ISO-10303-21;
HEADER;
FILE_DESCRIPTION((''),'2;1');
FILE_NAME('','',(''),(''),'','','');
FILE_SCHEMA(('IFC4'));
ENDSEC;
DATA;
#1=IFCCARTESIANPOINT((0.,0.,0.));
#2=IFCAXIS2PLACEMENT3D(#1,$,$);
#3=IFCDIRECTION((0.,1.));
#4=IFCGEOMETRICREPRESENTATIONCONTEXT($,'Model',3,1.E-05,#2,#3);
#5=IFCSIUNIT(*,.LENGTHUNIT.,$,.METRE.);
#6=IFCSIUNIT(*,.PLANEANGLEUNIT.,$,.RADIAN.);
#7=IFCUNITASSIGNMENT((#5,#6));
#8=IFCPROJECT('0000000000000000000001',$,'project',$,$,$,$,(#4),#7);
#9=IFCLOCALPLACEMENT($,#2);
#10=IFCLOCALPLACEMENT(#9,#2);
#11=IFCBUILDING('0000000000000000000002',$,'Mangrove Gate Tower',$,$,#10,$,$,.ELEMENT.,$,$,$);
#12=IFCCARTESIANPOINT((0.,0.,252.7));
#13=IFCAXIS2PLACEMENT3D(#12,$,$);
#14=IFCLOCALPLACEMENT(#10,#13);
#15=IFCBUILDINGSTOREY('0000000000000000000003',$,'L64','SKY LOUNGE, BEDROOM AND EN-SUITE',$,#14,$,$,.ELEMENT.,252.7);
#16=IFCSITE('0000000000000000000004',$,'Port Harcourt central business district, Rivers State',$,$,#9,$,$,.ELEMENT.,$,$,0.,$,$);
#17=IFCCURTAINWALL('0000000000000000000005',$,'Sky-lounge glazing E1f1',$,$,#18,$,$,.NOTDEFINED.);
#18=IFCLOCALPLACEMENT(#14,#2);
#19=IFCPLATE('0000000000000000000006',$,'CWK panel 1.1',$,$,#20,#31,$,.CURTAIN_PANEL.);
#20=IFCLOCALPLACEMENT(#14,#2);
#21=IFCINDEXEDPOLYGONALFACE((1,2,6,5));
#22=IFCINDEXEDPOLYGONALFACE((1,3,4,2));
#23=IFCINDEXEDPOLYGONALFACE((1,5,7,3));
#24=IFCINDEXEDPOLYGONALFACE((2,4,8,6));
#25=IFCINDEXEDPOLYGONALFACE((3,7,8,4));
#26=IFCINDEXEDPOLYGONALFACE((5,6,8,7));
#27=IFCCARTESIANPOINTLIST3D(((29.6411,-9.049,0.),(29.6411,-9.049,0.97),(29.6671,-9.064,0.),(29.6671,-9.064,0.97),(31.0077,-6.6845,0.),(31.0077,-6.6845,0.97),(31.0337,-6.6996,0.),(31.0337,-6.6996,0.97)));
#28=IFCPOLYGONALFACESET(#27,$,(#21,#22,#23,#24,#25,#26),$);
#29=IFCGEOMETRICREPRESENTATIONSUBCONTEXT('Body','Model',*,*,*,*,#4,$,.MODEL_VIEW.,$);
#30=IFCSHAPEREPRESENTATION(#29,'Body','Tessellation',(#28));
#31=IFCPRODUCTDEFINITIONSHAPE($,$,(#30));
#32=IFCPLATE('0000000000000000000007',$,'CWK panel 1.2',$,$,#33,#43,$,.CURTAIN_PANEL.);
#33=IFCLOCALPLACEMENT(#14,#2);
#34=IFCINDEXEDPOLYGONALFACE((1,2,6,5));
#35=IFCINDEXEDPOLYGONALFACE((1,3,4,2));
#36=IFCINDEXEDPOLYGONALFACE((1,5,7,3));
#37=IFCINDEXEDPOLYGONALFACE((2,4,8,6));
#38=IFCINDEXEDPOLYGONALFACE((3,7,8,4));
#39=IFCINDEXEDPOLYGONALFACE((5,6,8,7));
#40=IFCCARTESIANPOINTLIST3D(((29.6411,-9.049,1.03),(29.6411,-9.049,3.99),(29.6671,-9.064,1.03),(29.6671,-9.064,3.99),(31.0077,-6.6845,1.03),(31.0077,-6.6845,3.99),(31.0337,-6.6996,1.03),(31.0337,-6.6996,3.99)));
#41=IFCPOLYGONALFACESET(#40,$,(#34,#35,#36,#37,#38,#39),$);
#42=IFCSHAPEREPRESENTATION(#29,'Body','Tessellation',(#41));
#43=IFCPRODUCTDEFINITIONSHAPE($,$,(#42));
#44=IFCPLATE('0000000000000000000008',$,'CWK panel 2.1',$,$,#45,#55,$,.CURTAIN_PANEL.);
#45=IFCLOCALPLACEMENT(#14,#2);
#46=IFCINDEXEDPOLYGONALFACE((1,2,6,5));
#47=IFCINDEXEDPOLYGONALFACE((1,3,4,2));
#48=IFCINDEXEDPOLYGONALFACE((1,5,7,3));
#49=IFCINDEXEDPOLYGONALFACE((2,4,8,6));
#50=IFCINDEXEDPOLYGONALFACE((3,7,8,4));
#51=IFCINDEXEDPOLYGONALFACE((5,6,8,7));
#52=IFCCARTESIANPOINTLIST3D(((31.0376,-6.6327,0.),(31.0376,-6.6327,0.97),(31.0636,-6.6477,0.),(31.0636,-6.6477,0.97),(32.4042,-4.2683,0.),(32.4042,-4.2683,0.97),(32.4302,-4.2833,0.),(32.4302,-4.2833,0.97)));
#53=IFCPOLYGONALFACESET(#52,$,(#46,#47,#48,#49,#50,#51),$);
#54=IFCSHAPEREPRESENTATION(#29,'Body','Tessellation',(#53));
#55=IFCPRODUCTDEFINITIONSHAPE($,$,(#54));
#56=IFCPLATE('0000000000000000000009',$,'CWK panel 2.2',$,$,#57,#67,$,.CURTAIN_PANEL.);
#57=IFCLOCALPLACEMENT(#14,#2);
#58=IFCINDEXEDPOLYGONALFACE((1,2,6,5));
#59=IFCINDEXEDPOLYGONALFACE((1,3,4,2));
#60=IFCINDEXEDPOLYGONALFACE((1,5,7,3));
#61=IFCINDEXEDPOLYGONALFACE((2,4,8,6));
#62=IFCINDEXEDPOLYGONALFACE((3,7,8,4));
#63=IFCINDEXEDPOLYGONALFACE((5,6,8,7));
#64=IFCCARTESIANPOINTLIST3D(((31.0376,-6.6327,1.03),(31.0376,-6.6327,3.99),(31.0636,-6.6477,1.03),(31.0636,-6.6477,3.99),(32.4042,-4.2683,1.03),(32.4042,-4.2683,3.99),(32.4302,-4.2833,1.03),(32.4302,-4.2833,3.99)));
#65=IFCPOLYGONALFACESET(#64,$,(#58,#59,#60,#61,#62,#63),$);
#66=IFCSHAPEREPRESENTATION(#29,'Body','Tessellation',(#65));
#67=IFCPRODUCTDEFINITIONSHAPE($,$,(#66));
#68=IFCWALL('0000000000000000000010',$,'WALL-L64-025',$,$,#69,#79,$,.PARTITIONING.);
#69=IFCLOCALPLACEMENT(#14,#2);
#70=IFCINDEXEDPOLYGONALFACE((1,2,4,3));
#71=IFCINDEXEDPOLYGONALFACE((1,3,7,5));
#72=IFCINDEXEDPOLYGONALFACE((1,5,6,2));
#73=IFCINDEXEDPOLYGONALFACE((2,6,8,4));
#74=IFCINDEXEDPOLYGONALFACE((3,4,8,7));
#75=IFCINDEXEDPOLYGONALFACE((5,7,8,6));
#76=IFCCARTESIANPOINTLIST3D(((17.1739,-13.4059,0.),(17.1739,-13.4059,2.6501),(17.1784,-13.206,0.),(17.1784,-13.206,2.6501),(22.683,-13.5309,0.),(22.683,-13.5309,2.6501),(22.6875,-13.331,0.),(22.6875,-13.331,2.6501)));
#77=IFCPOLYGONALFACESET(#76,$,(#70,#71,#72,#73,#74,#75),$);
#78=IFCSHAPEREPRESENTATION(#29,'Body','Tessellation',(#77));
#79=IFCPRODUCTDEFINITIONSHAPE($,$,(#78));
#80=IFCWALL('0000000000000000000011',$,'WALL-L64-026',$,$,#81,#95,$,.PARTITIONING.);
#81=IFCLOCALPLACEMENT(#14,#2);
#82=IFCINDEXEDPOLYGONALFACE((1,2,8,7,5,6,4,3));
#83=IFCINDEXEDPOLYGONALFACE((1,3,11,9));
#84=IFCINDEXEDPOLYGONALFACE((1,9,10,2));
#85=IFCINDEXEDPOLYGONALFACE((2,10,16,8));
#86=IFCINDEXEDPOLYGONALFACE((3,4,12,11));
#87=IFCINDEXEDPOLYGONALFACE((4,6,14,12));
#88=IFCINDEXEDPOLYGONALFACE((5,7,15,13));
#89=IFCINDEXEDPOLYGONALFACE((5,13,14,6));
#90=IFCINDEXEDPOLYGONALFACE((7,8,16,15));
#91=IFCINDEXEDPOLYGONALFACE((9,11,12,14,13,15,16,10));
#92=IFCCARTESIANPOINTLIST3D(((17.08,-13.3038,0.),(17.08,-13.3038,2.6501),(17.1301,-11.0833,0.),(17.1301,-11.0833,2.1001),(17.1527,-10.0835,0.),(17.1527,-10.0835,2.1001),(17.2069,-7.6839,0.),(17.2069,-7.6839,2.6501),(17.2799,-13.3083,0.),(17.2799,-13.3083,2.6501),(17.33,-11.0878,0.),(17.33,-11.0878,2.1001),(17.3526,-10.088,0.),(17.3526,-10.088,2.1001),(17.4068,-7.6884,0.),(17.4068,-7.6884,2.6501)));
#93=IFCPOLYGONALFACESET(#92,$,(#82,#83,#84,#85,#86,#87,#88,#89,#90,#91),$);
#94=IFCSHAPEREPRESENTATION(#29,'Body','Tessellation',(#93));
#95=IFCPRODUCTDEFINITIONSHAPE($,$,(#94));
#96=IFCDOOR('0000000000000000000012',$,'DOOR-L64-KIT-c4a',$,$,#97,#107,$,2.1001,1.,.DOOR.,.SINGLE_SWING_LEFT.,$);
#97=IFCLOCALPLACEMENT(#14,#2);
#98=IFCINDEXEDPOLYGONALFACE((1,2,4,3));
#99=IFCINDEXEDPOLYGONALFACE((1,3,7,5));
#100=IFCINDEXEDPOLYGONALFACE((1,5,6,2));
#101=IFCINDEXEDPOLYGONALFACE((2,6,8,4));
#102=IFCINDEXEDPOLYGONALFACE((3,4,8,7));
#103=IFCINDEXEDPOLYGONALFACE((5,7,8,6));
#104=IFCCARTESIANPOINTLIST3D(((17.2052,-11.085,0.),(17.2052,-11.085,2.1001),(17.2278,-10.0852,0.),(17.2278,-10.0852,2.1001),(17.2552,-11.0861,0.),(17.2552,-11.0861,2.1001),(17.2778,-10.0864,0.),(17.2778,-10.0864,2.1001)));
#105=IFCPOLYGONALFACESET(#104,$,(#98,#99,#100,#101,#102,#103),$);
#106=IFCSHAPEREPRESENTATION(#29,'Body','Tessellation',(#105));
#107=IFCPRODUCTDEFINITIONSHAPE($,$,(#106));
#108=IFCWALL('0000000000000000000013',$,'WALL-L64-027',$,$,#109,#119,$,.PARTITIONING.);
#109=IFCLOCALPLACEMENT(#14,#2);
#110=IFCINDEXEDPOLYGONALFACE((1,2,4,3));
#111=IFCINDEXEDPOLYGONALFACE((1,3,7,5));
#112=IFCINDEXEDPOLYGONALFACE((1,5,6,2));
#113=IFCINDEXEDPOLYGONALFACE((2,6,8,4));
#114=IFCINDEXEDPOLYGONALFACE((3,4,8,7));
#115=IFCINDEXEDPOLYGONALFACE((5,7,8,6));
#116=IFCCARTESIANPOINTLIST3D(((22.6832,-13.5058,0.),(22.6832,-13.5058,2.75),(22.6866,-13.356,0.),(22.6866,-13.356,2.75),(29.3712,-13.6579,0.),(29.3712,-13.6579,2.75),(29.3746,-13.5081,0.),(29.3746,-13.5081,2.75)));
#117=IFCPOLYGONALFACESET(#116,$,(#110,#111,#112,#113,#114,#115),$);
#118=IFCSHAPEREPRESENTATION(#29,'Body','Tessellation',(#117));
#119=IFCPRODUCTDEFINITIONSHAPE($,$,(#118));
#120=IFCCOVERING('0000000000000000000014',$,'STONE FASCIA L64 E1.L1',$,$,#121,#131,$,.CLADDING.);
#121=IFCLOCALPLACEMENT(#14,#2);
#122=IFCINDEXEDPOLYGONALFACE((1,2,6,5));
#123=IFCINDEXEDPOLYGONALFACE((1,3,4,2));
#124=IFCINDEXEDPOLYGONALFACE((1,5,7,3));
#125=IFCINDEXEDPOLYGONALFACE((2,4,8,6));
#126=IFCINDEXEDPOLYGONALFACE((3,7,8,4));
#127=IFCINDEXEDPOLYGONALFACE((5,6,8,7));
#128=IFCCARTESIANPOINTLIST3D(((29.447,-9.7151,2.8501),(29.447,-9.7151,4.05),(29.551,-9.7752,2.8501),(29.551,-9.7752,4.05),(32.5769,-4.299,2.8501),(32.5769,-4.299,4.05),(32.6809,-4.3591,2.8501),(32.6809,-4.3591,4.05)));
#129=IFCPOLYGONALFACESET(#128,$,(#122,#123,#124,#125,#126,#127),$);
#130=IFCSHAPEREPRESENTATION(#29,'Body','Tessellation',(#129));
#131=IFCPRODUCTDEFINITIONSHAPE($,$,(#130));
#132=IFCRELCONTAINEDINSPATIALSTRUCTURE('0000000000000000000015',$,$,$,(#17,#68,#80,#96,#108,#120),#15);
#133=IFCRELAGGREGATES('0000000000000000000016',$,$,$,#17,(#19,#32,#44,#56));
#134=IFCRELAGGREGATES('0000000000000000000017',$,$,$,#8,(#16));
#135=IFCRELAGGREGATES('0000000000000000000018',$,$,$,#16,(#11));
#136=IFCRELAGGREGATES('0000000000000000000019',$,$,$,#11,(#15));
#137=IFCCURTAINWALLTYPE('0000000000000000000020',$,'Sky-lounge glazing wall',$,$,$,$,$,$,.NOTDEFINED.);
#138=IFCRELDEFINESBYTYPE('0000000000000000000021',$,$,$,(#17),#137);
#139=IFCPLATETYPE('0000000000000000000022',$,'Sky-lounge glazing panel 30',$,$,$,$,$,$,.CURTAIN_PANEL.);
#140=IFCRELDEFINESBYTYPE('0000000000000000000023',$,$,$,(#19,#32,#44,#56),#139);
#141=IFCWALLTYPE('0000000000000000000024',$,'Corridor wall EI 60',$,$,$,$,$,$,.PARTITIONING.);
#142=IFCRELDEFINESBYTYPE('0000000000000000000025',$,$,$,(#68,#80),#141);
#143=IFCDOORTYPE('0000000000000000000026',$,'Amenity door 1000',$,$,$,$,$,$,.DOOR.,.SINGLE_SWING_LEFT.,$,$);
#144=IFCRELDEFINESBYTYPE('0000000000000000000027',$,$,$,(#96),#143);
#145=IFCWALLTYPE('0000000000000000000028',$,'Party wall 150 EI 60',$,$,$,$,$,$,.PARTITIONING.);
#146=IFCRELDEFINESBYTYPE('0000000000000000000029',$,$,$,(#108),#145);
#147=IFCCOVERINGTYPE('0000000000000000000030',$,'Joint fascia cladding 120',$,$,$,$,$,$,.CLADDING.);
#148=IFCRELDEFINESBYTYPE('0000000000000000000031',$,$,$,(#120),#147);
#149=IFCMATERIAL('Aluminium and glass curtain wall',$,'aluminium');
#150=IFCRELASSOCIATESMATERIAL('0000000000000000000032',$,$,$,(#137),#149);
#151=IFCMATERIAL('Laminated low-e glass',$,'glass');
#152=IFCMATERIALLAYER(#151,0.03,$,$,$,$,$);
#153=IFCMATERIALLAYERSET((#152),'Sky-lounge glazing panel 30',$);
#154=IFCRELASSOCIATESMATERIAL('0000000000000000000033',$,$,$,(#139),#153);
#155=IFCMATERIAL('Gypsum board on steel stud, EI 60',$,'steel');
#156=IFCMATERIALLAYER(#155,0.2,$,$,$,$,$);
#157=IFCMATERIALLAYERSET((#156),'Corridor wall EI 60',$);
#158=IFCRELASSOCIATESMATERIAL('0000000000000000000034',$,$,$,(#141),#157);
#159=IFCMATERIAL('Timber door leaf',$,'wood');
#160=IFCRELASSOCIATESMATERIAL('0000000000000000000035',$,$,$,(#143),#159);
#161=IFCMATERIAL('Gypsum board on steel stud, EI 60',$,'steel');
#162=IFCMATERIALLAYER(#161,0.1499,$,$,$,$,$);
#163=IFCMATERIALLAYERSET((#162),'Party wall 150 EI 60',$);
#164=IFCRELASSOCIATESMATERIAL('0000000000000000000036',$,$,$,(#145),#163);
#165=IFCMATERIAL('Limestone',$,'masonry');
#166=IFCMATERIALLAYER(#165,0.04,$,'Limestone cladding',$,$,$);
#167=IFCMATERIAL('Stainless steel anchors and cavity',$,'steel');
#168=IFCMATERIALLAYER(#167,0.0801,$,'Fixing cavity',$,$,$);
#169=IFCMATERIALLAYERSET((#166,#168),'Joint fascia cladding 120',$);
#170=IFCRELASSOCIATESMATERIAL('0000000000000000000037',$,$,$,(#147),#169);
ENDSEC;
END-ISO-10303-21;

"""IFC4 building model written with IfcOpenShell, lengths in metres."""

from ifc_helpers import new_model, si_unit, direction, frame, frame_2d, origin, origin_2d, place, context, subcontext, project, spatial, rectangle, extrude, material, layer, layer_set, type_object, element, fill, aggregate, save


model = new_model("IFC4")

# Units and contexts
model_context = context("Model", 3, precision=1e-05, world=origin(), true_north=direction((0.0, 1.0)))
body_context = subcontext(model_context, "Body", "Model", "MODEL_VIEW")
ifc_project = project(units=[si_unit("LENGTHUNIT", "METRE"), si_unit("PLANEANGLEUNIT", "RADIAN")], contexts=[model_context])

# Site, building, storey
site_placement = place(None, origin())
site = spatial("IfcSite", under=ifc_project, at=site_placement, Name="Port Harcourt central business district, Rivers State", CompositionType="ELEMENT", RefElevation=0.0)
building_placement = place(site_placement, origin())
building = spatial("IfcBuilding", under=site, at=building_placement, Name="Mangrove Gate Tower", CompositionType="ELEMENT")
storey_placement = place(building_placement, frame((0.0, 0.0, 252.7)))
storey = spatial("IfcBuildingStorey", under=building, at=storey_placement, Name="L64", Description="SKY LOUNGE, BEDROOM AND EN-SUITE", CompositionType="ELEMENT", Elevation=252.7)

# Curtain wall
ifc_material_1 = material(Name="Aluminium and glass curtain wall", Category="aluminium")
curtain_wall_type = type_object("IfcCurtainWallType", Name="Sky-lounge glazing wall", PredefinedType="NOTDEFINED", material=ifc_material_1)
curtain_wall_1_placement = place(storey_placement, origin())
curtain_wall_1 = element("IfcCurtainWall", 1, at=curtain_wall_1_placement, inside=storey, type_object=curtain_wall_type, Name="Sky-lounge glazing E1f1", PredefinedType="NOTDEFINED")

# Plates
ifc_material_2 = material(Name="Laminated low-e glass", Category="glass")
ifc_layer_1 = layer(ifc_material_2, 0.03)
ifc_layer_set_1 = layer_set([ifc_layer_1], Name="Sky-lounge glazing panel 30")
plate_type = type_object("IfcPlateType", Name="Sky-lounge glazing panel 30", PredefinedType="CURTAIN_PANEL", material=ifc_layer_set_1)
plate_1_placement = place(storey_placement, frame((30.3374, -7.8743, 0.0), z_axis=(0.0, 0.0, 1.0), x_axis=(0.500418, 0.865784, 0.0)))
plate_1 = element("IfcPlate", 2, at=plate_1_placement, type_object=plate_type, Name="CWK panel 1.1", PredefinedType="CURTAIN_PANEL", context=body_context, shape_type="SweptSolid", body=[
    extrude(rectangle(XDim=2.731, YDim=0.03, at=origin_2d()), origin(), (0.0, 0.0, 1.0), 0.97),
])
plate_2_placement = place(storey_placement, frame((30.3374, -7.8743, 1.03), z_axis=(0.0, 0.0, 1.0), x_axis=(0.500418, 0.865784, 0.0)))
plate_2 = element("IfcPlate", 3, at=plate_2_placement, type_object=plate_type, Name="CWK panel 1.2", PredefinedType="CURTAIN_PANEL", context=body_context, shape_type="SweptSolid", body=[
    extrude(rectangle(XDim=2.731, YDim=0.03, at=origin_2d()), origin(), (0.0, 0.0, 1.0), 2.96),
])
plate_3_placement = place(storey_placement, frame((31.7339, -5.458, 0.0), z_axis=(0.0, 0.0, 1.0), x_axis=(0.500418, 0.865784, 0.0)))
plate_3 = element("IfcPlate", 4, at=plate_3_placement, type_object=plate_type, Name="CWK panel 2.1", PredefinedType="CURTAIN_PANEL", context=body_context, shape_type="SweptSolid", body=[
    extrude(rectangle(XDim=2.731, YDim=0.03, at=origin_2d()), origin(), (0.0, 0.0, 1.0), 0.97),
])
plate_4_placement = place(storey_placement, frame((31.7339, -5.458, 1.03), z_axis=(0.0, 0.0, 1.0), x_axis=(0.500418, 0.865784, 0.0)))
plate_4 = element("IfcPlate", 5, at=plate_4_placement, type_object=plate_type, Name="CWK panel 2.2", PredefinedType="CURTAIN_PANEL", context=body_context, shape_type="SweptSolid", body=[
    extrude(rectangle(XDim=2.731, YDim=0.03, at=origin_2d()), origin(), (0.0, 0.0, 1.0), 2.96),
])
aggregate(curtain_wall_1, [plate_1, plate_2, plate_3, plate_4])

# Wall
ifc_material_3 = material(Name="Gypsum board on steel stud, EI 60", Category="steel")
ifc_layer_2 = layer(ifc_material_3, 0.2)
ifc_layer_set_2 = layer_set([ifc_layer_2], Name="Corridor wall EI 60")
wall_type_1 = type_object("IfcWallType", Name="Corridor wall EI 60", PredefinedType="PARTITIONING", material=ifc_layer_set_2)
wall_1_placement = place(storey_placement, frame((17.176, -13.3059, 0.0), z_axis=(0.0, 0.0, 1.0), x_axis=(0.999743, -0.022684, 0.0)))
element("IfcWall", 6, at=wall_1_placement, inside=storey, type_object=wall_type_1, Name="WALL-L64-025", PredefinedType="PARTITIONING", context=body_context, shape_type="SweptSolid", body=[
    extrude(rectangle(XDim=5.5105, YDim=0.2, at=frame_2d((2.7554, 0.0))), origin(), (0.0, 0.0, 1.0), 2.6501),
])

# Wall, opening, door
wall_2_placement = place(storey_placement, frame((17.1799, -13.3059, 0.0), z_axis=(0.0, 0.0, 1.0), x_axis=(0.022584, 0.999745, 0.0)))
wall_2 = element("IfcWall", 7, at=wall_2_placement, inside=storey, type_object=wall_type_1, Name="WALL-L64-026", PredefinedType="PARTITIONING", context=body_context, shape_type="SweptSolid", body=[
    extrude(rectangle(XDim=5.6213, YDim=0.2, at=frame_2d((2.8105, 0.0))), origin(), (0.0, 0.0, 1.0), 2.6501),
])
opening_placement = place(wall_2_placement, frame((2.2209, 0.0, 0.0)))
opening = element("IfcOpeningElement", 8, at=opening_placement, cuts=wall_2, PredefinedType="OPENING", context=body_context, shape_type="SweptSolid", body=[
    extrude(rectangle(XDim=1.0, YDim=2.1001, at=frame_2d((0.5, 1.05))), frame((0.0, 0.1099, 0.0), z_axis=(0.0, -1.0, 0.0), x_axis=(1.0, 0.0, 0.0)), (0.0, 0.0, 1.0), 0.22),
])
ifc_material_4 = material(Name="Timber door leaf", Category="wood")
door_type = type_object("IfcDoorType", Name="Amenity door 1000", OperationType="SINGLE_SWING_LEFT", PredefinedType="DOOR", material=ifc_material_4)
door_placement = place(opening_placement, origin())
door = element("IfcDoor", 9, at=door_placement, inside=storey, type_object=door_type, Name="DOOR-L64-KIT-c4a", OperationType="SINGLE_SWING_LEFT", OverallHeight=2.1001, OverallWidth=1.0, PredefinedType="DOOR", context=body_context, shape_type="SweptSolid", body=[
    extrude(rectangle(XDim=1.0, YDim=2.1001, at=frame_2d((0.5, 1.05))), frame((0.0, 0.0249, 0.0), z_axis=(0.0, -1.0, 0.0), x_axis=(1.0, 0.0, 0.0)), (0.0, 0.0, 1.0), 0.05),
])
fill(opening, door)

# Wall
ifc_material_5 = material(Name="Gypsum board on steel stud, EI 60", Category="steel")
ifc_layer_3 = layer(ifc_material_5, 0.1499)
ifc_layer_set_3 = layer_set([ifc_layer_3], Name="Party wall 150 EI 60")
wall_type_2 = type_object("IfcWallType", Name="Party wall 150 EI 60", PredefinedType="PARTITIONING", material=ifc_layer_set_3)
wall_3_placement = place(storey_placement, frame((22.6851, -13.4309, 0.0), z_axis=(0.0, 0.0, 1.0), x_axis=(0.999741, -0.022736, 0.0)))
element("IfcWall", 10, at=wall_3_placement, inside=storey, type_object=wall_type_2, Name="WALL-L64-027", PredefinedType="PARTITIONING", context=body_context, shape_type="SweptSolid", body=[
    extrude(rectangle(XDim=6.6897, YDim=0.1499, at=frame_2d((3.3447, 0.0))), origin(), (0.0, 0.0, 1.0), 2.75),
])

# Covering
ifc_material_6 = material(Name="Limestone", Category="masonry")
ifc_layer_4 = layer(ifc_material_6, 0.04, Name="Limestone cladding")
ifc_material_7 = material(Name="Stainless steel anchors and cavity", Category="steel")
ifc_layer_5 = layer(ifc_material_7, 0.0801, Name="Fixing cavity")
ifc_layer_set_4 = layer_set([ifc_layer_4, ifc_layer_5], Name="Joint fascia cladding 120")
covering_type = type_object("IfcCoveringType", Name="Joint fascia cladding 120", PredefinedType="CLADDING", material=ifc_layer_set_4)
covering_placement = place(storey_placement, frame((29.499, -9.7451, 2.8501), z_axis=(0.0, 0.0, 1.0), x_axis=(0.500353, 0.865821, 0.0)))
element("IfcCovering", 11, at=covering_placement, inside=storey, type_object=covering_type, Name="STONE FASCIA L64 E1.L1", PredefinedType="CLADDING", context=body_context, shape_type="SweptSolid", body=[
    extrude(rectangle(XDim=6.2554, YDim=0.1201, at=frame_2d((3.1277, 0.0))), origin(), (0.0, 0.0, 1.0), 1.2),
])

save(model, "model.ifc")
